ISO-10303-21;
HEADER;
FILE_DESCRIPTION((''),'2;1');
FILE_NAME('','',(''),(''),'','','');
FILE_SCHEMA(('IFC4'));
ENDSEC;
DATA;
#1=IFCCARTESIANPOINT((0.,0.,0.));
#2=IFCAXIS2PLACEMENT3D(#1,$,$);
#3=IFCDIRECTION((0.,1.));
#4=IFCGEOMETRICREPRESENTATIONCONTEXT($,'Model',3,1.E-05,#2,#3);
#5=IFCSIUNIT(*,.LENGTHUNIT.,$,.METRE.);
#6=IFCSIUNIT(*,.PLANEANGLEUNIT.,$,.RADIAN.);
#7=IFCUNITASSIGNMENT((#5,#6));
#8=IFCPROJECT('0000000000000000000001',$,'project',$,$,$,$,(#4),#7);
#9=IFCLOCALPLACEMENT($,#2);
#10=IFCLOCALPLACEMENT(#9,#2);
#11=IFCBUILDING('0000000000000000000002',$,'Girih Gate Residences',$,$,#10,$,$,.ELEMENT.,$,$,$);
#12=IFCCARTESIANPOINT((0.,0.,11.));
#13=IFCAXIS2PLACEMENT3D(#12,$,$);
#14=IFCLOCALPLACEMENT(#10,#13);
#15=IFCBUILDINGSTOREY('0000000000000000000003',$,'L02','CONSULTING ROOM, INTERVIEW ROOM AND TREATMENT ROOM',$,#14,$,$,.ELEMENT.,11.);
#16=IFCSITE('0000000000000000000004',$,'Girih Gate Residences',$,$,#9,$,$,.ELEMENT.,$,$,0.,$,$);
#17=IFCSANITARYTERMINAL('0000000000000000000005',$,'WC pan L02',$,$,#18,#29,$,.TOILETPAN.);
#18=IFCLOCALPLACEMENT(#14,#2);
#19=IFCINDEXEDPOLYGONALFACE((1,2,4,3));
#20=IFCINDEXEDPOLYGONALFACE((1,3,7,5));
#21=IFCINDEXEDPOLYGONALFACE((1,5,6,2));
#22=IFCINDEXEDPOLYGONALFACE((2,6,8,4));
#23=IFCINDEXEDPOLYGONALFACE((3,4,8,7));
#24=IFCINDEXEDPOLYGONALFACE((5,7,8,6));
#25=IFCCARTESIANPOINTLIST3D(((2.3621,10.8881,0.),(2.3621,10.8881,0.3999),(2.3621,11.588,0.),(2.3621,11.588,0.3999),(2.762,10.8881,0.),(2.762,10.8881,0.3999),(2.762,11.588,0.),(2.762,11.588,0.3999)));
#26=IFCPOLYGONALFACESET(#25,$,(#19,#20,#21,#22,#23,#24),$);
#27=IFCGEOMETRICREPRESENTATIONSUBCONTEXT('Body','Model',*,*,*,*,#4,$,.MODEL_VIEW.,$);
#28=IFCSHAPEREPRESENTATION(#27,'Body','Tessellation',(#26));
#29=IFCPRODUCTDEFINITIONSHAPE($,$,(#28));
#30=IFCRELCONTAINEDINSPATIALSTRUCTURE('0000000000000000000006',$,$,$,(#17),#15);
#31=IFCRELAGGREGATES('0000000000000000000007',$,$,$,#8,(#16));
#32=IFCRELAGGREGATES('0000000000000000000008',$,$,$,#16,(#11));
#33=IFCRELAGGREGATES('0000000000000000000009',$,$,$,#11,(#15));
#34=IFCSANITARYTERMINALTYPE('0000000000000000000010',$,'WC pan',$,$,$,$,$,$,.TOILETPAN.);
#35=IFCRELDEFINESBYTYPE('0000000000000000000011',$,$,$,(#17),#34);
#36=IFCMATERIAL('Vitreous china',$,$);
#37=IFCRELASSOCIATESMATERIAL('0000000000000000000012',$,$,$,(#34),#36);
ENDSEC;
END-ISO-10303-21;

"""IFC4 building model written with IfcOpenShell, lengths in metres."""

from ifc_helpers import new_model, si_unit, direction, frame, origin, origin_2d, place, context, subcontext, project, spatial, rectangle, extrude, material, type_object, element, save


model = new_model("IFC4")

# Units and contexts
model_context = context("Model", 3, precision=1e-05, world=origin(), true_north=direction((0.0, 1.0)))
body_context = subcontext(model_context, "Body", "Model", "MODEL_VIEW")
ifc_project = project(units=[si_unit("LENGTHUNIT", "METRE"), si_unit("PLANEANGLEUNIT", "RADIAN")], contexts=[model_context])

# Site, building, storey
site_placement = place(None, origin())
site = spatial("IfcSite", under=ifc_project, at=site_placement, Name="Girih Gate Residences", CompositionType="ELEMENT", RefElevation=0.0)
building_placement = place(site_placement, origin())
building = spatial("IfcBuilding", under=site, at=building_placement, Name="Girih Gate Residences", CompositionType="ELEMENT")
storey_placement = place(building_placement, frame((0.0, 0.0, 11.0)))
storey = spatial("IfcBuildingStorey", under=building, at=storey_placement, Name="L02", Description="CONSULTING ROOM, INTERVIEW ROOM AND TREATMENT ROOM", CompositionType="ELEMENT", Elevation=11.0)

# Sanitary terminal
ifc_material_1 = material(Name="Vitreous china")
sanitary_terminal_type = type_object("IfcSanitaryTerminalType", Name="WC pan", PredefinedType="TOILETPAN", material=ifc_material_1)
sanitary_terminal_placement = place(storey_placement, frame((2.562, 11.238, 0.0), z_axis=(0.0, 0.0, 1.0), x_axis=(1.0, 0.0, 0.0)))
element("IfcSanitaryTerminal", 1, at=sanitary_terminal_placement, inside=storey, type_object=sanitary_terminal_type, Name="WC pan L02", PredefinedType="TOILETPAN", context=body_context, shape_type="SweptSolid", body=[
    extrude(rectangle(XDim=0.3999, YDim=0.7, at=origin_2d()), origin(), (0.0, 0.0, 1.0), 0.3999),
])

save(model, "model.ifc")
